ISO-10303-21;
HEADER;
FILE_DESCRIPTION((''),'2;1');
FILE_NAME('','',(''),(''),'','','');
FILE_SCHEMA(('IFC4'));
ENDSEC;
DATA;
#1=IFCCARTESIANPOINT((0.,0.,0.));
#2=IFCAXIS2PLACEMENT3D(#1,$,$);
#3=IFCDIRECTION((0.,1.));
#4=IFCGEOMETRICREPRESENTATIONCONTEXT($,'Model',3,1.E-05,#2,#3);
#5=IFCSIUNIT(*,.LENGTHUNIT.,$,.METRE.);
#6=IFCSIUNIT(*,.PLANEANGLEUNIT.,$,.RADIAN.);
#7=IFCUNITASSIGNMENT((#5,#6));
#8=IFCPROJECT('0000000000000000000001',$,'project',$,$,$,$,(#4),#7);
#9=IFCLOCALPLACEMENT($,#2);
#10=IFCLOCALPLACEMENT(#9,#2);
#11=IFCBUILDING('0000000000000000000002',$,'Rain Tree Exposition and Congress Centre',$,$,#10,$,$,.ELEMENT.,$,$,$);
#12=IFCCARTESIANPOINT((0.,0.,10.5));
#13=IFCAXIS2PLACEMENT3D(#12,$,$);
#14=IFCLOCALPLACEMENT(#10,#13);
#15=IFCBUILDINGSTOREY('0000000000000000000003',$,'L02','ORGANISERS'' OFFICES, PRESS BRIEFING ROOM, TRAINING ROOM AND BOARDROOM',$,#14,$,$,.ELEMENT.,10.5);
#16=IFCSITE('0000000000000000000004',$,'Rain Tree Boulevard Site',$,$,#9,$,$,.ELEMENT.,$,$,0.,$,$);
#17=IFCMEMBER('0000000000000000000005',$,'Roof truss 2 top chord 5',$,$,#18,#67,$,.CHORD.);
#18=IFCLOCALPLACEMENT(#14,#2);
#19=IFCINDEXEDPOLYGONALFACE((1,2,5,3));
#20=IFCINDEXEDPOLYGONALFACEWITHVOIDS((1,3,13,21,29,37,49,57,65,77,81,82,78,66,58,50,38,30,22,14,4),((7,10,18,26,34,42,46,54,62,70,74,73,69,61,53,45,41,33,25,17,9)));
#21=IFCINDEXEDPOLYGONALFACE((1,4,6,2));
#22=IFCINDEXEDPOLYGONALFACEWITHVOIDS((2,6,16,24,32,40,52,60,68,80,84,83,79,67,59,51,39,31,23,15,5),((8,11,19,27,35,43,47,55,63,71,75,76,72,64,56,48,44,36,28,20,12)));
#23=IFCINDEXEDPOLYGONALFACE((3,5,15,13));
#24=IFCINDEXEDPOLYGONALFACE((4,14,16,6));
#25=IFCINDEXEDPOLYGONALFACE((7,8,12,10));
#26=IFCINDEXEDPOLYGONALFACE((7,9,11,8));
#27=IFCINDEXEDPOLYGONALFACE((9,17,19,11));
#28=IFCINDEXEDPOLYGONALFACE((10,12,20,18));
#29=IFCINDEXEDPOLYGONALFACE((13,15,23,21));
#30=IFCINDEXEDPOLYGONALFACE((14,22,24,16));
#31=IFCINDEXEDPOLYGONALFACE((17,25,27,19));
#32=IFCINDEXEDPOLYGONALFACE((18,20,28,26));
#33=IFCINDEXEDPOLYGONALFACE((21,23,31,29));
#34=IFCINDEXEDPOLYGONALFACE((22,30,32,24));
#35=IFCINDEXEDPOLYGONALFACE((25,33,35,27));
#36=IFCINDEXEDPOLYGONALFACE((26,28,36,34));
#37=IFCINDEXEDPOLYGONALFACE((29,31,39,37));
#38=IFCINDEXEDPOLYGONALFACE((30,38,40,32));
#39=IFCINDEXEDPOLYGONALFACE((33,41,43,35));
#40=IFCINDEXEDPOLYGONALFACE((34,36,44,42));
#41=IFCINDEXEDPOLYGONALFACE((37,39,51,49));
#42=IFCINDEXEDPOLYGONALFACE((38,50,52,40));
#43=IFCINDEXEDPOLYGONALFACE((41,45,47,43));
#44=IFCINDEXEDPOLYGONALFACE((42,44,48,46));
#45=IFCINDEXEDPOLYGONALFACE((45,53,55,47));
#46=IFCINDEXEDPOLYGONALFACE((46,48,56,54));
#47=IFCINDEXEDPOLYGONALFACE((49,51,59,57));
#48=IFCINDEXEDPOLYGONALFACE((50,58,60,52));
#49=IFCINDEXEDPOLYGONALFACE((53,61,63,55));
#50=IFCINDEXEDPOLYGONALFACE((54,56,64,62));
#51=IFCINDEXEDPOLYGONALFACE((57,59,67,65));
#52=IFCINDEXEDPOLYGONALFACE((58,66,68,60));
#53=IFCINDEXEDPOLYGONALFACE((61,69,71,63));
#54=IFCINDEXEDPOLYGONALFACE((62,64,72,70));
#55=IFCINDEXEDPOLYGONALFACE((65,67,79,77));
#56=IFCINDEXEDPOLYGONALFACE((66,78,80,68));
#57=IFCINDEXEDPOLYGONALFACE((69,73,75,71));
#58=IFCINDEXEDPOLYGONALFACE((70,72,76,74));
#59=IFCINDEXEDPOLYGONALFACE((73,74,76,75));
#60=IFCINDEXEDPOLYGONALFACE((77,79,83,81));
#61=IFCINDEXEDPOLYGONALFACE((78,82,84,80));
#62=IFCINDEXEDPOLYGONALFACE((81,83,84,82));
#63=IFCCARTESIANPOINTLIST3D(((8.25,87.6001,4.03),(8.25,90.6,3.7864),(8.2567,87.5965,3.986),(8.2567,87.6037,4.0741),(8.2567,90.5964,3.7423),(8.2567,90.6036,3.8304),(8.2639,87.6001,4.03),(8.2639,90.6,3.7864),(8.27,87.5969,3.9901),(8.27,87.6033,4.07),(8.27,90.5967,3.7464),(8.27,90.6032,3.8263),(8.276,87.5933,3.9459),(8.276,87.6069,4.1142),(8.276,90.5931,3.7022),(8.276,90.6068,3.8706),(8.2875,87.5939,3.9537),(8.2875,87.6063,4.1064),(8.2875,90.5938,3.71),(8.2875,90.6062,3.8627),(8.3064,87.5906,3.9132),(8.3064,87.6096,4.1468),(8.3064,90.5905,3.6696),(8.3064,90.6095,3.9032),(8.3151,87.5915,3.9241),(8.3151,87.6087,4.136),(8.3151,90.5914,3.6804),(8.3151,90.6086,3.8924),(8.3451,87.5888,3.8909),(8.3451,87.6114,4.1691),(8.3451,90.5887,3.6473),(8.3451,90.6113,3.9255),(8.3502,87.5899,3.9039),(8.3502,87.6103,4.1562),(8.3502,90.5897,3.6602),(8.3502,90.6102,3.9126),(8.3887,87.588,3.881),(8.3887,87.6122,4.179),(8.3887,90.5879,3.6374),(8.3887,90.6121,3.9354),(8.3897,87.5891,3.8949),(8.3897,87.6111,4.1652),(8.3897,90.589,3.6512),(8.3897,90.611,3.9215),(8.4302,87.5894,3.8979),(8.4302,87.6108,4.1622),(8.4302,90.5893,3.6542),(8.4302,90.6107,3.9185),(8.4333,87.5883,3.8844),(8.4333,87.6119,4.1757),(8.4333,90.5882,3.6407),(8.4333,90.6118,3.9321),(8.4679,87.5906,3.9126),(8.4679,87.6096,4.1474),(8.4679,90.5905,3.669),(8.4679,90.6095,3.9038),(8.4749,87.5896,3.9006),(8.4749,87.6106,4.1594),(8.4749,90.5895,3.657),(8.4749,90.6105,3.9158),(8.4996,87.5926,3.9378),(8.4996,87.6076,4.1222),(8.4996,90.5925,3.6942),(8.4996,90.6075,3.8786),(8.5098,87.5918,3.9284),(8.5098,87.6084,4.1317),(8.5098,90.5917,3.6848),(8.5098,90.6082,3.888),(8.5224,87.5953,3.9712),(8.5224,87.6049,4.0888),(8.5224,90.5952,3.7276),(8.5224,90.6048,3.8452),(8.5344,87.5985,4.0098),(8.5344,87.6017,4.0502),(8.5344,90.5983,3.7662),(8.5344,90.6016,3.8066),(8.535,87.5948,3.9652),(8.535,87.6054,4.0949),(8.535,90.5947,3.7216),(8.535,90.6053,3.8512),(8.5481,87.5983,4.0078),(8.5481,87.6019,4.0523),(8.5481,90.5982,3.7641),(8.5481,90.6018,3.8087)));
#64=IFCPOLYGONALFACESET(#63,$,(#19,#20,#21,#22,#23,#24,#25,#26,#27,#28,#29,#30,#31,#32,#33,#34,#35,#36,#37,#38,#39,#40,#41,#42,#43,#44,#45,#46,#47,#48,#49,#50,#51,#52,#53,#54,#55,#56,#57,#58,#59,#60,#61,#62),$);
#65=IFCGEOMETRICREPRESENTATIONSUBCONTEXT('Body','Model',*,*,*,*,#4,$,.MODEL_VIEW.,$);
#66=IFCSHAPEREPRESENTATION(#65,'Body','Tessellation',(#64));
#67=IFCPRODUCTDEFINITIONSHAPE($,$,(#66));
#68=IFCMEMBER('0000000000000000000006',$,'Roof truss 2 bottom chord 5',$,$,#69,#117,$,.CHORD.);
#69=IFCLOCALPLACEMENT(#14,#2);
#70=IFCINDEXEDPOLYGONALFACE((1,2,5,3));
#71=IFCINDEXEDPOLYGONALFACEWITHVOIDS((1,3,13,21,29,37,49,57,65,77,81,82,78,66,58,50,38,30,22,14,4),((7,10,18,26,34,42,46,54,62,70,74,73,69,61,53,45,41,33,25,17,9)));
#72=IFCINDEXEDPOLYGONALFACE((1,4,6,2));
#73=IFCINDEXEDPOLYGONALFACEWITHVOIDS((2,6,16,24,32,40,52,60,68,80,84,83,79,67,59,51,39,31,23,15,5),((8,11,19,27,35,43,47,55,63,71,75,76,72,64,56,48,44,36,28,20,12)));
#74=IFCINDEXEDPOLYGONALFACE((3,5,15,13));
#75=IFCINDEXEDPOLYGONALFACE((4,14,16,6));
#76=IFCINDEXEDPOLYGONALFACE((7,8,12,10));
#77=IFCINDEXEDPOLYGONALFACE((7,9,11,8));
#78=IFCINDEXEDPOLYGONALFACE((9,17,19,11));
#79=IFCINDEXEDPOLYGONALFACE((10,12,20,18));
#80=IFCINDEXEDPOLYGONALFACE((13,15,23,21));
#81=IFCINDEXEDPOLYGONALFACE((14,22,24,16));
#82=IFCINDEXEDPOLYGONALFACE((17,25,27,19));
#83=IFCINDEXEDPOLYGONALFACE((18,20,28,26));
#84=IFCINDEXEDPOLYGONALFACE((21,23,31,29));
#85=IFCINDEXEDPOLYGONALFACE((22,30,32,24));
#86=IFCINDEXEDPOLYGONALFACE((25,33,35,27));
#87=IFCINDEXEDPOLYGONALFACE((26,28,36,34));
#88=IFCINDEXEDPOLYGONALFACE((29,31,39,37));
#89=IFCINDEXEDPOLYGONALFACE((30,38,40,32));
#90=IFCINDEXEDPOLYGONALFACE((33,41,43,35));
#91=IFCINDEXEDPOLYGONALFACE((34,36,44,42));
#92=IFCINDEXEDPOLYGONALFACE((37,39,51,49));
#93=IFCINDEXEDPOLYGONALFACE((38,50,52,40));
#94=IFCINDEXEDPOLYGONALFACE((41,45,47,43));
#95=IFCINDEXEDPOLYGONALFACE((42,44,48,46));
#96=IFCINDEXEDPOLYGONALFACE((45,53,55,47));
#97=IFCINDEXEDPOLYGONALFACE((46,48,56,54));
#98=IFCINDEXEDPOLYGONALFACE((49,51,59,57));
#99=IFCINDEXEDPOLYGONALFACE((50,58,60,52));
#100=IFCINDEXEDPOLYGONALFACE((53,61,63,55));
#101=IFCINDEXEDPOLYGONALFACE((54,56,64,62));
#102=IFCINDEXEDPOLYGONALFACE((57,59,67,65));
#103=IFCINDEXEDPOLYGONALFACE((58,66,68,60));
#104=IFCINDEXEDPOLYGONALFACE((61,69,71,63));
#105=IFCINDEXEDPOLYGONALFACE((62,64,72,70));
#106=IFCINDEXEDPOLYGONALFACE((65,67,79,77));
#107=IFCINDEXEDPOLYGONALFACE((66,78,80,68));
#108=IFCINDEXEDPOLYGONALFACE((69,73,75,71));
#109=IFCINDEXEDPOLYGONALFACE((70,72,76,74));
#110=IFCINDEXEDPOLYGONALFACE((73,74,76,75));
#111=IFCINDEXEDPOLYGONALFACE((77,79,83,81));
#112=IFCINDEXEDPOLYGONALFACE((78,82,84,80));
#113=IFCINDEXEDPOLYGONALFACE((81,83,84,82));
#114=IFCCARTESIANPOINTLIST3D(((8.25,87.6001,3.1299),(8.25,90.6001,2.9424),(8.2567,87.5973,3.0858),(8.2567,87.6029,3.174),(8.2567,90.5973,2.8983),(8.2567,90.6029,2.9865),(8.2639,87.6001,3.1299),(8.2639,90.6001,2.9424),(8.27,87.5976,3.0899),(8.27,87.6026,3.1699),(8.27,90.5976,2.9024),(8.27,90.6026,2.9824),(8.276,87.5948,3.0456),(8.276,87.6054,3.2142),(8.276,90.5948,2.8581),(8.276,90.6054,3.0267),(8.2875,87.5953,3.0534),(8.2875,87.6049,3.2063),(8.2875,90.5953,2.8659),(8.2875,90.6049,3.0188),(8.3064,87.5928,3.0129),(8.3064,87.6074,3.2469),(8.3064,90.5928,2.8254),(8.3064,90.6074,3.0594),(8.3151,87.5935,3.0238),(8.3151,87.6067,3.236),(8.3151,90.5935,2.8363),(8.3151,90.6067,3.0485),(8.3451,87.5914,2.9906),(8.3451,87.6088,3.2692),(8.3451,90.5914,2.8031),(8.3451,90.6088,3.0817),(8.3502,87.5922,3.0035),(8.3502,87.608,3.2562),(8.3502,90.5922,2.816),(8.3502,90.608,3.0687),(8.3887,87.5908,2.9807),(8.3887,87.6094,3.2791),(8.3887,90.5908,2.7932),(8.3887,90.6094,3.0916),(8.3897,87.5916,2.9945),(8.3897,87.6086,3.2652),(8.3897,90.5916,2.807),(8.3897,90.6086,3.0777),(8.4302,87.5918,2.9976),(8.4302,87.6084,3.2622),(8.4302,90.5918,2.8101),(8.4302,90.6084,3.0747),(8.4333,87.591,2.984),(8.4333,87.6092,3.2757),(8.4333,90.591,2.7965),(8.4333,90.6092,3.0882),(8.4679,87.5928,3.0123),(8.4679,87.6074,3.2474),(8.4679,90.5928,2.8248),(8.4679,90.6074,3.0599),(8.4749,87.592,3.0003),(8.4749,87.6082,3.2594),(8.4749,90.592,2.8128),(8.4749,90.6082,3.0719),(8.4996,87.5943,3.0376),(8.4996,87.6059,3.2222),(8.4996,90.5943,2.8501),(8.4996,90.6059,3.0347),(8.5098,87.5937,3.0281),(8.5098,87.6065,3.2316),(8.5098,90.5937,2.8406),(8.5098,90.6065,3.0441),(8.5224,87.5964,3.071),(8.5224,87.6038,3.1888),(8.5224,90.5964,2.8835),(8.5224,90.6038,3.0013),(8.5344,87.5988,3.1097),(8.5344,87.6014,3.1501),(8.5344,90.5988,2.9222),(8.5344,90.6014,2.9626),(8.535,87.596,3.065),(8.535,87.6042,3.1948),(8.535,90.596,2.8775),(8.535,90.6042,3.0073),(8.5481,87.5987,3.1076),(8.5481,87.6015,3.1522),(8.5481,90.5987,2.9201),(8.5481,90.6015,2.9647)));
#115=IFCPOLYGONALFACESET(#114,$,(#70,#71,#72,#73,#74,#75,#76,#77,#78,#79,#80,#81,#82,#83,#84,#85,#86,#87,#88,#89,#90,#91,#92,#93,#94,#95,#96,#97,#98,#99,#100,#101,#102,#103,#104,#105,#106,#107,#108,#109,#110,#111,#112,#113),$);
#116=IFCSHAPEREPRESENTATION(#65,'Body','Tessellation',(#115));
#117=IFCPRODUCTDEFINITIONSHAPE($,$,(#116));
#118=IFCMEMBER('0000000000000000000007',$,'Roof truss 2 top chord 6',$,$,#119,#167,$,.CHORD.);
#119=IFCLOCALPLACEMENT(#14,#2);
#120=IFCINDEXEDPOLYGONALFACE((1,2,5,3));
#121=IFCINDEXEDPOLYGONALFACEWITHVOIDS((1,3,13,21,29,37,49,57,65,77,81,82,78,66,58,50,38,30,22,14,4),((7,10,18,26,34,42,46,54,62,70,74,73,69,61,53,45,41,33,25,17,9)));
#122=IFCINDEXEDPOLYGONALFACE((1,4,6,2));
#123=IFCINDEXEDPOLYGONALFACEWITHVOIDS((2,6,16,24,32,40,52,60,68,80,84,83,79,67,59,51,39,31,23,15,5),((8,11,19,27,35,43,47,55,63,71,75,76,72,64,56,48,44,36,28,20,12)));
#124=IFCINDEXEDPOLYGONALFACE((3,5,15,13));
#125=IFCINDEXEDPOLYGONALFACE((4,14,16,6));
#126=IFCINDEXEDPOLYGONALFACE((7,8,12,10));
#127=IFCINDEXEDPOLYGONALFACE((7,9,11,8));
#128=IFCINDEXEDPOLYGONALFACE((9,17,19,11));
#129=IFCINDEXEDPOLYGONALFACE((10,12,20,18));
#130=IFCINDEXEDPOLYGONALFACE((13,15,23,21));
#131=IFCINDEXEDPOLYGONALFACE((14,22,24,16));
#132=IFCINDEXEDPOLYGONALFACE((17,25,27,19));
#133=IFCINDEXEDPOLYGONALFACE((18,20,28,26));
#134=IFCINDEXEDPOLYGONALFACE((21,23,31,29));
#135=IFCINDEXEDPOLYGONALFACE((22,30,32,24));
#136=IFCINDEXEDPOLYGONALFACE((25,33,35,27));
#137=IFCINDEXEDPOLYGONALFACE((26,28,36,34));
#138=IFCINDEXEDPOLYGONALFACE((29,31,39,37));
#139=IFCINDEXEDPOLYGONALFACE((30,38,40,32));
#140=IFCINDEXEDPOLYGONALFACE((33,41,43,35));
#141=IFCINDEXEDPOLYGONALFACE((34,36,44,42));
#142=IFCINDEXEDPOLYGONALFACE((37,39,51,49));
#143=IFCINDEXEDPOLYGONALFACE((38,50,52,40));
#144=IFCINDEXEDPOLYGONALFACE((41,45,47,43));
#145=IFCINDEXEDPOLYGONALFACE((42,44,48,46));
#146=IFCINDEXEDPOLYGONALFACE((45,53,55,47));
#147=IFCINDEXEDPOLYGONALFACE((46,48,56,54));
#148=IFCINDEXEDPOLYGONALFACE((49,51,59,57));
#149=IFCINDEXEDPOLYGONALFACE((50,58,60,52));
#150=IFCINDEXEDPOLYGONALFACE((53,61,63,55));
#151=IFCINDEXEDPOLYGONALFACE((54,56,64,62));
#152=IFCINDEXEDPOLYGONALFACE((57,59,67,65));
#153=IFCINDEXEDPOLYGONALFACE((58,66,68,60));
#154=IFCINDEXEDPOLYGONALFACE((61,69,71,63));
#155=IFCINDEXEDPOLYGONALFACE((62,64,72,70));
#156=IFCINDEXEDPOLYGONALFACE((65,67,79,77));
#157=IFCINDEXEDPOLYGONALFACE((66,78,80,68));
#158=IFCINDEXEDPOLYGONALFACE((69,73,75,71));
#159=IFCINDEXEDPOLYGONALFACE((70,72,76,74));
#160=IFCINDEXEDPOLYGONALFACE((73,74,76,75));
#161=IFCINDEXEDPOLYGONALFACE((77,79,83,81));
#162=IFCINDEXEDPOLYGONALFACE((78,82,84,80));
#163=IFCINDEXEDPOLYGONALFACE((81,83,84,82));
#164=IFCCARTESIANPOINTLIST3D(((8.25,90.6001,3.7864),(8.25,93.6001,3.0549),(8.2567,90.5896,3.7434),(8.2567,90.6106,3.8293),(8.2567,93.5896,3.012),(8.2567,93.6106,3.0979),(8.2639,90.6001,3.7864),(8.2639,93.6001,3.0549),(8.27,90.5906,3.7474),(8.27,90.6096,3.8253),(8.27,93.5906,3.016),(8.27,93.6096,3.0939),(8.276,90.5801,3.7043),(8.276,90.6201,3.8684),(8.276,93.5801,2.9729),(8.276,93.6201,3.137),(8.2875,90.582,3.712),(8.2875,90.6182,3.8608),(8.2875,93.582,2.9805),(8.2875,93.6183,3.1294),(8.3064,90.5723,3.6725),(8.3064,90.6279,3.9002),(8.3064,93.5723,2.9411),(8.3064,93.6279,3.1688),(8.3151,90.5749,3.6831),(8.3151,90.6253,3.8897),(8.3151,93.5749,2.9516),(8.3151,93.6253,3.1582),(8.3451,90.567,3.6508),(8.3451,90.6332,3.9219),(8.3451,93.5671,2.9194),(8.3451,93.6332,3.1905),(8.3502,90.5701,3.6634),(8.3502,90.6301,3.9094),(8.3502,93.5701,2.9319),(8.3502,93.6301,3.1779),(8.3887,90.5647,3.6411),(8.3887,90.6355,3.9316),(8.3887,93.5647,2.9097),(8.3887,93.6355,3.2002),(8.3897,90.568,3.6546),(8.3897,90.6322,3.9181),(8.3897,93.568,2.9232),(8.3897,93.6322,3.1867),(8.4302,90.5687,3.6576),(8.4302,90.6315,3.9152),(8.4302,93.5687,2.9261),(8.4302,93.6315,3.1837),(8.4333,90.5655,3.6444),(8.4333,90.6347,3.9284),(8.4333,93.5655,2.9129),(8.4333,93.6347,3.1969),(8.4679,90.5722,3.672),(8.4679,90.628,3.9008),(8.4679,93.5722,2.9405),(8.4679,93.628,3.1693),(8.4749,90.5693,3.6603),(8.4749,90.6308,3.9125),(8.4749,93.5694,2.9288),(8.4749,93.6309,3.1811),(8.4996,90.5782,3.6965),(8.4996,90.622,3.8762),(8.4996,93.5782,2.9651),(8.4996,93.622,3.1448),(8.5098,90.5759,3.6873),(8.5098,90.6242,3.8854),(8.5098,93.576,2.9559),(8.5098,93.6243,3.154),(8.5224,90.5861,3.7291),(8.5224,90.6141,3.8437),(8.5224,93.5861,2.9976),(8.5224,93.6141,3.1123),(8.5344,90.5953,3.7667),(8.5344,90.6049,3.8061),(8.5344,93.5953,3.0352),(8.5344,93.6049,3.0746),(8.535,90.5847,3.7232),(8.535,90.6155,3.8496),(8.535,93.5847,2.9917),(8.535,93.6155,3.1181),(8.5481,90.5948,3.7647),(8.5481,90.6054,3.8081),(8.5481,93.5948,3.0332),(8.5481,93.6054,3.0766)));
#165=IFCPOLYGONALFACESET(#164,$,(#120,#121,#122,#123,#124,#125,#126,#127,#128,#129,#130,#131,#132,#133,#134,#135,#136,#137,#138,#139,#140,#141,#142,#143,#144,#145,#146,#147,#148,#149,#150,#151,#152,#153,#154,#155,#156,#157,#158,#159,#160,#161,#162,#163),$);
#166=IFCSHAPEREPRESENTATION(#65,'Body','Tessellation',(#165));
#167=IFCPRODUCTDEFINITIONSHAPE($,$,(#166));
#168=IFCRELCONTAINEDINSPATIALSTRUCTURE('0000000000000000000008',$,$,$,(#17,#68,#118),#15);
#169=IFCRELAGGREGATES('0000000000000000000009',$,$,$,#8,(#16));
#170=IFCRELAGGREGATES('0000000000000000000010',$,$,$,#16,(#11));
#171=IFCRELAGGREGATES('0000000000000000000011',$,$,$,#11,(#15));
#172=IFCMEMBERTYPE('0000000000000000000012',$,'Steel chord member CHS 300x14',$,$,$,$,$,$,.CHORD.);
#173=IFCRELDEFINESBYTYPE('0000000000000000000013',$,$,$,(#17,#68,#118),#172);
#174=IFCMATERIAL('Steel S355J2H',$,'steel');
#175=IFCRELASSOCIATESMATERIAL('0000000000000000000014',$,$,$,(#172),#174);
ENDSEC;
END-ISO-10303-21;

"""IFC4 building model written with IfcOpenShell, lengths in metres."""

from ifc_helpers import new_model, si_unit, direction, frame, origin, origin_2d, place, context, subcontext, project, spatial, hollow_circle, extrude, material, material_profile, profile_set, type_object, element, save


model = new_model("IFC4")

# Units and contexts
model_context = context("Model", 3, precision=1e-05, world=origin(), true_north=direction((0.0, 1.0)))
body_context = subcontext(model_context, "Body", "Model", "MODEL_VIEW")
ifc_project = project(units=[si_unit("LENGTHUNIT", "METRE"), si_unit("PLANEANGLEUNIT", "RADIAN")], contexts=[model_context])

# Site, building, storey
site_placement = place(None, origin())
site = spatial("IfcSite", under=ifc_project, at=site_placement, Name="Rain Tree Boulevard Site", CompositionType="ELEMENT", RefElevation=0.0)
building_placement = place(site_placement, origin())
building = spatial("IfcBuilding", under=site, at=building_placement, Name="Rain Tree Exposition and Congress Centre", CompositionType="ELEMENT")
storey_placement = place(building_placement, frame((0.0, 0.0, 10.5)))
storey = spatial("IfcBuildingStorey", under=building, at=storey_placement, Name="L02", Description="ORGANISERS' OFFICES, PRESS BRIEFING ROOM, TRAINING ROOM AND BOARDROOM", CompositionType="ELEMENT", Elevation=10.5)

# Members
ifc_material_1 = material(Name="Steel S355J2H", Category="steel")
ifc_material_profile_1 = material_profile(ifc_material_1, hollow_circle(Radius=0.1499, WallThickness=0.0139, at=origin_2d()), Name="CHS 300x14")
ifc_profile_set_1 = profile_set([ifc_material_profile_1], Name="Steel S355J2H")
member_type_1 = type_object("IfcMemberType", Name="Steel chord member CHS 300x14", PredefinedType="CHORD", material=ifc_profile_set_1)
member_1_placement = place(storey_placement, frame((8.3999, 87.6001, 4.03), z_axis=(0.0, 0.996718, -0.080951), x_axis=(-1.0, 0.0, 0.0)))
element("IfcMember", 1, at=member_1_placement, inside=storey, type_object=member_type_1, Name="Roof truss 2 top chord 5", PredefinedType="CHORD", context=body_context, shape_type="SweptSolid", body=[
    extrude(hollow_circle(Radius=0.1499, WallThickness=0.0139, at=origin_2d()), origin(), (0.0, 0.0, 1.0), 3.0098),
])
member_2_placement = place(storey_placement, frame((8.3999, 87.6001, 3.1299), z_axis=(0.0, 0.998053, -0.062378), x_axis=(-1.0, 0.0, 0.0)))
element("IfcMember", 2, at=member_2_placement, inside=storey, type_object=member_type_1, Name="Roof truss 2 bottom chord 5", PredefinedType="CHORD", context=body_context, shape_type="SweptSolid", body=[
    extrude(hollow_circle(Radius=0.1499, WallThickness=0.0139, at=origin_2d()), origin(), (0.0, 0.0, 1.0), 3.0059),
])
member_3_placement = place(storey_placement, frame((8.3999, 90.6001, 3.7864), z_axis=(0.0, 0.97154, -0.236876), x_axis=(-1.0, 0.0, 0.0)))
element("IfcMember", 3, at=member_3_placement, inside=storey, type_object=member_type_1, Name="Roof truss 2 top chord 6", PredefinedType="CHORD", context=body_context, shape_type="SweptSolid", body=[
    extrude(hollow_circle(Radius=0.1499, WallThickness=0.0139, at=origin_2d()), origin(), (0.0, 0.0, 1.0), 3.0879),
])

save(model, "model.ifc")
